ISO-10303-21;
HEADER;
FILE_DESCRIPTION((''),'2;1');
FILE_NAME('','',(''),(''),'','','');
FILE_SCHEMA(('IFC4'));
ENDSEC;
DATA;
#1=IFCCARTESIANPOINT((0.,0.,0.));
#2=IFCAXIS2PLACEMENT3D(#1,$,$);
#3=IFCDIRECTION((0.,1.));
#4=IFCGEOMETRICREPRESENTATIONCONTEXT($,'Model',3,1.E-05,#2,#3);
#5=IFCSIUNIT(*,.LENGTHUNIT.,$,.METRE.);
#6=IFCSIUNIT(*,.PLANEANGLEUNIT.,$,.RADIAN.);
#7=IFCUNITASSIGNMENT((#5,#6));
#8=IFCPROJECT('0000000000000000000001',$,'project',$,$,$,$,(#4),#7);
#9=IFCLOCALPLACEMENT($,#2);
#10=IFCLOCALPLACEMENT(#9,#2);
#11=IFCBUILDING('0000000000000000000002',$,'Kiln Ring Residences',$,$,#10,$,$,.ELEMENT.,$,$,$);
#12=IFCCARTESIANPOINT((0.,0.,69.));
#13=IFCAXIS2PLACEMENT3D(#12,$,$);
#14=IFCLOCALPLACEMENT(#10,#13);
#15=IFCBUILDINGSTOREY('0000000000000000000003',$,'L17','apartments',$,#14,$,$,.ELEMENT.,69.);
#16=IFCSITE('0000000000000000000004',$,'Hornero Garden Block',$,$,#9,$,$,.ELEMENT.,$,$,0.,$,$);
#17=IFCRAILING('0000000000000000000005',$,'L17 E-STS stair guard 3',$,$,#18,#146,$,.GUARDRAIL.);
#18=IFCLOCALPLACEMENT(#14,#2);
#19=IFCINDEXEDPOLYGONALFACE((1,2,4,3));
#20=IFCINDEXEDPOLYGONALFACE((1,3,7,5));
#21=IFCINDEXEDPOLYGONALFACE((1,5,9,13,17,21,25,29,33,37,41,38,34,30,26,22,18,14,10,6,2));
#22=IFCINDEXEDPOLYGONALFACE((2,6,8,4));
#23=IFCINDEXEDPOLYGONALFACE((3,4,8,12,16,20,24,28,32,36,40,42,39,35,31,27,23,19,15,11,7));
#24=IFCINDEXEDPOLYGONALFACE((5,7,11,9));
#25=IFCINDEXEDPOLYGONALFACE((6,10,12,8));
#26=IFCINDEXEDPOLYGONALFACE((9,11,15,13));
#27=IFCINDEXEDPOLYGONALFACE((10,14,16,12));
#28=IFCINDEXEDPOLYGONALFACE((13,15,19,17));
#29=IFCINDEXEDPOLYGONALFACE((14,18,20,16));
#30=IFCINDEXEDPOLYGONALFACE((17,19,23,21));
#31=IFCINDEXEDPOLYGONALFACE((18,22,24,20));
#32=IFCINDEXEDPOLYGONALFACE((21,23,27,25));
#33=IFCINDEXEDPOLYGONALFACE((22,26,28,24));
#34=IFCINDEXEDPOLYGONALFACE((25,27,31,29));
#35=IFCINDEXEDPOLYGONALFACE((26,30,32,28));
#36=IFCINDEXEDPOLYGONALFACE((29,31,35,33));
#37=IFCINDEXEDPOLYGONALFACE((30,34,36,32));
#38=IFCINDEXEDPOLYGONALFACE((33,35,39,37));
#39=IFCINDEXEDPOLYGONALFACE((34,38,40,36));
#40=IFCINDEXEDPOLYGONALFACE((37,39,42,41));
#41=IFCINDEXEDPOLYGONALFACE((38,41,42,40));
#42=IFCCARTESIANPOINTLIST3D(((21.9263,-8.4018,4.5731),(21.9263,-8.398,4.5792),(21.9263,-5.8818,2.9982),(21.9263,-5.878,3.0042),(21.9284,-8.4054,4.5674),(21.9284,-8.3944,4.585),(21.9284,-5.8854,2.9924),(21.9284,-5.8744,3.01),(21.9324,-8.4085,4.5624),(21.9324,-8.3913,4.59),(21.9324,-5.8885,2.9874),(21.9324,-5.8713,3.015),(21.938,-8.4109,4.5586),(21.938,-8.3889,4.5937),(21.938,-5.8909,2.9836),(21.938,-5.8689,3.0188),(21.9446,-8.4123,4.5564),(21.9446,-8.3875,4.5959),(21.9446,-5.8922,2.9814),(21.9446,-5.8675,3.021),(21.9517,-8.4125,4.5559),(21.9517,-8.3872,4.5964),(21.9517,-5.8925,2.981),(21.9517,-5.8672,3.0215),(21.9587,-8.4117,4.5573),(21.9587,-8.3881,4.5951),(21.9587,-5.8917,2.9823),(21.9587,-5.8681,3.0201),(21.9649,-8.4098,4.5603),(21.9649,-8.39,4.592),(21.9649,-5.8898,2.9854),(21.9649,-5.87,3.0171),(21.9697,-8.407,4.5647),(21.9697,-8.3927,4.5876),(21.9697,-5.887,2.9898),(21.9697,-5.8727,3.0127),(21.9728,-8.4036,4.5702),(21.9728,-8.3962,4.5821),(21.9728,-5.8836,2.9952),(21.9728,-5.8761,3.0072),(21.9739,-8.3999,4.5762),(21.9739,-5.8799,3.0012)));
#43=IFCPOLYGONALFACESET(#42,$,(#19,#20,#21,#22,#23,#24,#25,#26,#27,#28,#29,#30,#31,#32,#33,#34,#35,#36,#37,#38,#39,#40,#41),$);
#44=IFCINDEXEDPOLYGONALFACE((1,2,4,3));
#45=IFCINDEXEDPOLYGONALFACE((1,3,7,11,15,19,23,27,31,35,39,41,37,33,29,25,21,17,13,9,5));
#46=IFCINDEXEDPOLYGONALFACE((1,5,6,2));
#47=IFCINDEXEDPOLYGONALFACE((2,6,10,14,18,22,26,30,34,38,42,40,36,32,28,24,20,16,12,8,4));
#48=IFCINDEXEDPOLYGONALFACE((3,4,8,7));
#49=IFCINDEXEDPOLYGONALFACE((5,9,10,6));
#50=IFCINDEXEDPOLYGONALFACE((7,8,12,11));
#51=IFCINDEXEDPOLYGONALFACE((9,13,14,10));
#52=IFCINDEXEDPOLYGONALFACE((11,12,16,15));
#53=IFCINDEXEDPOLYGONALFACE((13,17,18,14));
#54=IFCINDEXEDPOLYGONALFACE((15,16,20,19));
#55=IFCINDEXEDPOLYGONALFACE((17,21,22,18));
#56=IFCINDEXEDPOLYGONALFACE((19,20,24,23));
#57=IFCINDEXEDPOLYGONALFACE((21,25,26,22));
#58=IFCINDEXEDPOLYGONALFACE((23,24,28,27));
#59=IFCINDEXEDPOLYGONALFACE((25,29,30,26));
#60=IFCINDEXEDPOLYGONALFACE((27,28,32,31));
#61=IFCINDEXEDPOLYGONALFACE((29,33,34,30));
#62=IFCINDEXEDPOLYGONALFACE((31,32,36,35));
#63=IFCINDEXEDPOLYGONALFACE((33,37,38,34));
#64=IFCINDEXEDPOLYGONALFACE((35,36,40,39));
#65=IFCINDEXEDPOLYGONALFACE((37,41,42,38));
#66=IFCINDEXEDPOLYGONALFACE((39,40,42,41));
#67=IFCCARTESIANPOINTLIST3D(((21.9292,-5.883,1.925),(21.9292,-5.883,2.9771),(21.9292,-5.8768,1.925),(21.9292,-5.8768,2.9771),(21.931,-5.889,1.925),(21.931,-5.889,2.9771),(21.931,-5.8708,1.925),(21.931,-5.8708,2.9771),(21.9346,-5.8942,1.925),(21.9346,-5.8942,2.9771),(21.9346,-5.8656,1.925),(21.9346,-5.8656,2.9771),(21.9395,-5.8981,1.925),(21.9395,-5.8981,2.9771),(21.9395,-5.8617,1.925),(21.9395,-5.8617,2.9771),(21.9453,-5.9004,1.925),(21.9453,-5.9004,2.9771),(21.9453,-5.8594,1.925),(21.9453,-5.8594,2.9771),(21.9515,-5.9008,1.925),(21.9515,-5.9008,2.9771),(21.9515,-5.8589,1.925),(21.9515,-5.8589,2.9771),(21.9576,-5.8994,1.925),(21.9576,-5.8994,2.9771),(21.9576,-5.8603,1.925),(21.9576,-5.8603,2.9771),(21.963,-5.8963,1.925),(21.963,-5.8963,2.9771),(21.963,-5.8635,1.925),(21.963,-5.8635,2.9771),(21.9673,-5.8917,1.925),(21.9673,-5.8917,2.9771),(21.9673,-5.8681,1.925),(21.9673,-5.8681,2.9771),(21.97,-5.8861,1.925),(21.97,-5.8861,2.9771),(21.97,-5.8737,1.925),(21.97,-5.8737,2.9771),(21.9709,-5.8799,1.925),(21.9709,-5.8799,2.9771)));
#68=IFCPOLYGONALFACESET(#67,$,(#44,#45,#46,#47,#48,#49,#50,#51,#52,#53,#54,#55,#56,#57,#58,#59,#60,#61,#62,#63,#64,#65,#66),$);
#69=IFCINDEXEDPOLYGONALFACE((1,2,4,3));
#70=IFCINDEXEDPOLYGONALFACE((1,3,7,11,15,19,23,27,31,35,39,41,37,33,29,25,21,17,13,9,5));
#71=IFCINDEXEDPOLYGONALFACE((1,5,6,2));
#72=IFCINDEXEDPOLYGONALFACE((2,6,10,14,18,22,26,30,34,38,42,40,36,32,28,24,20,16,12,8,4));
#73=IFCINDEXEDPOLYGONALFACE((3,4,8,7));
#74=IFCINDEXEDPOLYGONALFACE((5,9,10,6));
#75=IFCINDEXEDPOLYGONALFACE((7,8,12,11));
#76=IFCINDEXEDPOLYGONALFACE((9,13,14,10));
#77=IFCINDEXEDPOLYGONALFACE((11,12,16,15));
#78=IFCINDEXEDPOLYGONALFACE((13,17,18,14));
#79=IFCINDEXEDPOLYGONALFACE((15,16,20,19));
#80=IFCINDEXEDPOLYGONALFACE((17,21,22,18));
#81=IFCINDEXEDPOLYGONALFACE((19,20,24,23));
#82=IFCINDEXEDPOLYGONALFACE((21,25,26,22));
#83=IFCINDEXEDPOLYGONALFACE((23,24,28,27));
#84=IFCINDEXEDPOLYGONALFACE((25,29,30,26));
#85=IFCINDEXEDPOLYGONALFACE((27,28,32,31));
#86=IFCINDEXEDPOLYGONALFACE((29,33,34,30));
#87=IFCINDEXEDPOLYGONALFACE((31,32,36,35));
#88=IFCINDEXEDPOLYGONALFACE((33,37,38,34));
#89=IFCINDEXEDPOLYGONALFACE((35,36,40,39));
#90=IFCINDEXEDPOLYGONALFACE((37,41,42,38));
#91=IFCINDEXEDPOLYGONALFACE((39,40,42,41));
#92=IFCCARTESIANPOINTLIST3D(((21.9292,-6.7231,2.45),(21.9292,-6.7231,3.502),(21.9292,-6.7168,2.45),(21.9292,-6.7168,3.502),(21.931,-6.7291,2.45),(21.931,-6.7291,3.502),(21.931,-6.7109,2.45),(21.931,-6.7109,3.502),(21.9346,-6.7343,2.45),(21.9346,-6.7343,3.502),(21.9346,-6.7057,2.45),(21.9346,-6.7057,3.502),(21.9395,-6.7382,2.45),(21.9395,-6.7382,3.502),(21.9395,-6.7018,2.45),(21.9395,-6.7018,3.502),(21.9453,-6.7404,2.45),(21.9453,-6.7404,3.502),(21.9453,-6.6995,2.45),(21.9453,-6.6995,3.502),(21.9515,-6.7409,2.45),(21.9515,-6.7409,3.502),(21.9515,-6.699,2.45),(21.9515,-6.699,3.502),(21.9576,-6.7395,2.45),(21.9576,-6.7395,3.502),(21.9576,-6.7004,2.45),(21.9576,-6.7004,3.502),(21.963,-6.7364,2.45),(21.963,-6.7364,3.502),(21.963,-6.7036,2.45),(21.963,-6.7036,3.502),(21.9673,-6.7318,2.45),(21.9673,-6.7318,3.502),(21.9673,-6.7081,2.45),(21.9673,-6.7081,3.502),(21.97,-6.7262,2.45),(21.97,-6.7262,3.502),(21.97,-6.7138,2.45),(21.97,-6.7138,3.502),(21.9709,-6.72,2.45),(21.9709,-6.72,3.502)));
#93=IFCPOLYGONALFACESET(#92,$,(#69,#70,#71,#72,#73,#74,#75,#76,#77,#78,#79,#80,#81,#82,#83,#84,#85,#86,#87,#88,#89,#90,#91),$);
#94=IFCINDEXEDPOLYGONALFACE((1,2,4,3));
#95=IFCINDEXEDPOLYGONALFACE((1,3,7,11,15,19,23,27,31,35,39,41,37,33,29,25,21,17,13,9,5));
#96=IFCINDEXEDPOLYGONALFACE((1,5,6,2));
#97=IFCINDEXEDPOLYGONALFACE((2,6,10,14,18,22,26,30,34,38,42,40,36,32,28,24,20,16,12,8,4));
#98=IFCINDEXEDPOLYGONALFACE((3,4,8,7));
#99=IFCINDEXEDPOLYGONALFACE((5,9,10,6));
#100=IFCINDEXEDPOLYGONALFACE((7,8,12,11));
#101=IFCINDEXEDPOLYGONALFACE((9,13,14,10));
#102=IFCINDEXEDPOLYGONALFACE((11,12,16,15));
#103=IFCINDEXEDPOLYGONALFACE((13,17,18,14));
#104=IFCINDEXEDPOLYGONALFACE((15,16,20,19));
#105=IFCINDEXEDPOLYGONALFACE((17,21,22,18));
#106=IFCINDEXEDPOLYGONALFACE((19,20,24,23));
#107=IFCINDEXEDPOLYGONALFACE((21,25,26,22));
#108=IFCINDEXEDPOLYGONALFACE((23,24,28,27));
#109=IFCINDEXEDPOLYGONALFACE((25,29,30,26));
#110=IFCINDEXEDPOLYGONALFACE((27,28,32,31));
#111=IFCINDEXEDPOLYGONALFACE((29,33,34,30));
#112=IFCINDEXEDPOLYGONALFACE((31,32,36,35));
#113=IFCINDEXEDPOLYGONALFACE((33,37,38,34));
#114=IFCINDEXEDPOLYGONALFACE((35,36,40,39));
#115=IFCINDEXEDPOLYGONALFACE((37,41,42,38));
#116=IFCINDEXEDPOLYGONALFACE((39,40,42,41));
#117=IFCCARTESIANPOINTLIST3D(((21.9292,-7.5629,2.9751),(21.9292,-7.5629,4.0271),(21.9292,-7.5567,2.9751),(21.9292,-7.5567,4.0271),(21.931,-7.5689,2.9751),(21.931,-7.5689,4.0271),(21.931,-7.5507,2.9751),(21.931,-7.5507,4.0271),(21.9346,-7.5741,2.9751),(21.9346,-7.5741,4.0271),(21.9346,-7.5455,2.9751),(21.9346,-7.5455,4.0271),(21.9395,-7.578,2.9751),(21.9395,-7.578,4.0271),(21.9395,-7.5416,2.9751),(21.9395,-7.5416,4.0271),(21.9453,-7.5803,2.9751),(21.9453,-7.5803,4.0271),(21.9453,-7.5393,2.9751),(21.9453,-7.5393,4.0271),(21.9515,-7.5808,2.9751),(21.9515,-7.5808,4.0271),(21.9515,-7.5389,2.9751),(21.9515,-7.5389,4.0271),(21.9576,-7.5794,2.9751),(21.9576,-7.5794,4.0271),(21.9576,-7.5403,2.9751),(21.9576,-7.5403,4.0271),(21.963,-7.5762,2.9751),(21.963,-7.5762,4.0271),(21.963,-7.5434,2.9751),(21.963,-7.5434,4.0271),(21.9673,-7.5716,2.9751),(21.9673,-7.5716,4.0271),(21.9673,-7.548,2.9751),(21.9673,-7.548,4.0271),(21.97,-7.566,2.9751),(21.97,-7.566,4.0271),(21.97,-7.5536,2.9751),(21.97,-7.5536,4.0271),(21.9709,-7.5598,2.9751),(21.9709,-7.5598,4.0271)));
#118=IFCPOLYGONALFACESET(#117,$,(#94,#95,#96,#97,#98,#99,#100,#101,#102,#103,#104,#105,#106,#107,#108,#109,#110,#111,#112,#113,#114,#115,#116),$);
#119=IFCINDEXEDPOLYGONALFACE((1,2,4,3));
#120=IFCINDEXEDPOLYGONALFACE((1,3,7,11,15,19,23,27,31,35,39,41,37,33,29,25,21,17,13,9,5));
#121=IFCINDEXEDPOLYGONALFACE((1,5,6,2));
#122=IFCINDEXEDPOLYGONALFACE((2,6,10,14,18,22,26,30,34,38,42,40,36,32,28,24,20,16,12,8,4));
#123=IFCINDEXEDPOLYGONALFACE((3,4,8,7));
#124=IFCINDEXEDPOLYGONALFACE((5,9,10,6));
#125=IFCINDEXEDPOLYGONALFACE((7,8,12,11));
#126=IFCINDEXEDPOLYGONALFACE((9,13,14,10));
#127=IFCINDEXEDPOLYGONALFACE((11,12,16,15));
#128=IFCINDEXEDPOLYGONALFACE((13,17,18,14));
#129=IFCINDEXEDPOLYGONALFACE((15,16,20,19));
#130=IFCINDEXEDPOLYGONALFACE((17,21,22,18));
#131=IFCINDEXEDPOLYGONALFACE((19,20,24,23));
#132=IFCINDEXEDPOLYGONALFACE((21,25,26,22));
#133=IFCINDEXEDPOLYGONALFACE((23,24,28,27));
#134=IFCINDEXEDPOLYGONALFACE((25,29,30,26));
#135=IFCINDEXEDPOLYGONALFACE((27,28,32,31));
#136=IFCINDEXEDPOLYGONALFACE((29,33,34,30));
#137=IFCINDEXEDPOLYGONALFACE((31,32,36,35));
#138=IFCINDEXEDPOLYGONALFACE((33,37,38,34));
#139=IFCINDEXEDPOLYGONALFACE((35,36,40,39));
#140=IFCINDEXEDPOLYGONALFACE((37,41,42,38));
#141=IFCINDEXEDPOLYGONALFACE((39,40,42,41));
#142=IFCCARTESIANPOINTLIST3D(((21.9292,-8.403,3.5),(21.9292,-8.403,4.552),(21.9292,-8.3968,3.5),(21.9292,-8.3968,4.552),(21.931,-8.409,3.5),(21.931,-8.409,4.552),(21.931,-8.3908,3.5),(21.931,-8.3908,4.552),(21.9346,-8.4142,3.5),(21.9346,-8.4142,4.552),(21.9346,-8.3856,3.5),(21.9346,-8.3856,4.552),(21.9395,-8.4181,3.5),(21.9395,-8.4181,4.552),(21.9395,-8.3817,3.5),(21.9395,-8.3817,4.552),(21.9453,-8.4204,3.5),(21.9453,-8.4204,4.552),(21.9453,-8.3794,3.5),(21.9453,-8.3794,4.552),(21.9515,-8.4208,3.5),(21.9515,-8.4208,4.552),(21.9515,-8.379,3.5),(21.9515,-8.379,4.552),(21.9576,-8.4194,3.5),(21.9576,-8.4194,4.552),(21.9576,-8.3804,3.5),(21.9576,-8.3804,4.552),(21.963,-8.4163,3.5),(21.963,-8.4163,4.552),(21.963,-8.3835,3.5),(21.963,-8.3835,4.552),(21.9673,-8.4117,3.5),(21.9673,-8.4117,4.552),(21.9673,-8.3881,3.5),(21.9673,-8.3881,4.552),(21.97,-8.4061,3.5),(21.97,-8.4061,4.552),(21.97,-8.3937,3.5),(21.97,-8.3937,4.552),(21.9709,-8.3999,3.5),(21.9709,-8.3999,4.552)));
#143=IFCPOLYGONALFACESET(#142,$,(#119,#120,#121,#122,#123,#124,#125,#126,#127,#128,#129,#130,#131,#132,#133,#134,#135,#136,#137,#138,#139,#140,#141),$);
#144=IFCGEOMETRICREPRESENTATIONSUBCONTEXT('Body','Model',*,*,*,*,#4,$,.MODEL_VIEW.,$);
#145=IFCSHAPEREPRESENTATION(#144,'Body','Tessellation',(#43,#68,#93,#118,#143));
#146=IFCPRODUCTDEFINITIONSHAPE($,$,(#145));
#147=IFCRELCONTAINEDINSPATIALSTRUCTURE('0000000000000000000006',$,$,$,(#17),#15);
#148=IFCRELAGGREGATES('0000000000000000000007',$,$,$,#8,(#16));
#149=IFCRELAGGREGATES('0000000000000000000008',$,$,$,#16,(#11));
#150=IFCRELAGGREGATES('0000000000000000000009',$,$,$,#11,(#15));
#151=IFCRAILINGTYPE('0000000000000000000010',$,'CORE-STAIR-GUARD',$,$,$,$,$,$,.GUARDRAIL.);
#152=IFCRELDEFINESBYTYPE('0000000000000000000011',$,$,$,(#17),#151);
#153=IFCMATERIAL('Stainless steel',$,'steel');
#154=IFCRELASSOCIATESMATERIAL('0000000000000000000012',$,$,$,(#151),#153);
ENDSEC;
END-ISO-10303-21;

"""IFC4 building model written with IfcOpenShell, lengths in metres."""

from ifc_helpers import new_model, si_unit, direction, frame, origin, origin_2d, place, context, subcontext, project, spatial, circle, extrude, material, type_object, element, save


model = new_model("IFC4")

# Units and contexts
model_context = context("Model", 3, precision=1e-05, world=origin(), true_north=direction((0.0, 1.0)))
body_context = subcontext(model_context, "Body", "Model", "MODEL_VIEW")
ifc_project = project(units=[si_unit("LENGTHUNIT", "METRE"), si_unit("PLANEANGLEUNIT", "RADIAN")], contexts=[model_context])

# Site, building, storey
site_placement = place(None, origin())
site = spatial("IfcSite", under=ifc_project, at=site_placement, Name="Hornero Garden Block", CompositionType="ELEMENT", RefElevation=0.0)
building_placement = place(site_placement, origin())
building = spatial("IfcBuilding", under=site, at=building_placement, Name="Kiln Ring Residences", CompositionType="ELEMENT")
storey_placement = place(building_placement, frame((0.0, 0.0, 69.0)))
storey = spatial("IfcBuildingStorey", under=building, at=storey_placement, Name="L17", Description="apartments", CompositionType="ELEMENT", Elevation=69.0)

# Railing
ifc_material_1 = material(Name="Stainless steel", Category="steel")
railing_type_1 = type_object("IfcRailingType", Name="CORE-STAIR-GUARD", PredefinedType="GUARDRAIL", material=ifc_material_1)
railing_1_placement = place(storey_placement, frame((21.95, -5.8799, 1.925)))
element("IfcRailing", 1, at=railing_1_placement, inside=storey, type_object=railing_type_1, Name="L17 E-STS stair guard 3", PredefinedType="GUARDRAIL", context=body_context, shape_type="SweptSolid", body=[
    extrude(circle(Radius=0.0239, at=origin_2d()), frame((0.0, 0.0, 1.0762), z_axis=(0.0, -0.848008, 0.529984), x_axis=(1.0, 0.0, 0.0)), (0.0, 0.0, 1.0), 2.9717),
    extrude(circle(Radius=0.021, at=origin_2d()), origin(), (0.0, 0.0, 1.0), 1.052),
    extrude(circle(Radius=0.021, at=origin_2d()), frame((0.0, -0.8401, 0.5249)), (0.0, 0.0, 1.0), 1.052),
    extrude(circle(Radius=0.021, at=origin_2d()), frame((0.0, -1.6799, 1.05)), (0.0, 0.0, 1.0), 1.052),
    extrude(circle(Radius=0.021, at=origin_2d()), frame((0.0, -2.52, 1.575)), (0.0, 0.0, 1.0), 1.052),
])

save(model, "model.ifc")
